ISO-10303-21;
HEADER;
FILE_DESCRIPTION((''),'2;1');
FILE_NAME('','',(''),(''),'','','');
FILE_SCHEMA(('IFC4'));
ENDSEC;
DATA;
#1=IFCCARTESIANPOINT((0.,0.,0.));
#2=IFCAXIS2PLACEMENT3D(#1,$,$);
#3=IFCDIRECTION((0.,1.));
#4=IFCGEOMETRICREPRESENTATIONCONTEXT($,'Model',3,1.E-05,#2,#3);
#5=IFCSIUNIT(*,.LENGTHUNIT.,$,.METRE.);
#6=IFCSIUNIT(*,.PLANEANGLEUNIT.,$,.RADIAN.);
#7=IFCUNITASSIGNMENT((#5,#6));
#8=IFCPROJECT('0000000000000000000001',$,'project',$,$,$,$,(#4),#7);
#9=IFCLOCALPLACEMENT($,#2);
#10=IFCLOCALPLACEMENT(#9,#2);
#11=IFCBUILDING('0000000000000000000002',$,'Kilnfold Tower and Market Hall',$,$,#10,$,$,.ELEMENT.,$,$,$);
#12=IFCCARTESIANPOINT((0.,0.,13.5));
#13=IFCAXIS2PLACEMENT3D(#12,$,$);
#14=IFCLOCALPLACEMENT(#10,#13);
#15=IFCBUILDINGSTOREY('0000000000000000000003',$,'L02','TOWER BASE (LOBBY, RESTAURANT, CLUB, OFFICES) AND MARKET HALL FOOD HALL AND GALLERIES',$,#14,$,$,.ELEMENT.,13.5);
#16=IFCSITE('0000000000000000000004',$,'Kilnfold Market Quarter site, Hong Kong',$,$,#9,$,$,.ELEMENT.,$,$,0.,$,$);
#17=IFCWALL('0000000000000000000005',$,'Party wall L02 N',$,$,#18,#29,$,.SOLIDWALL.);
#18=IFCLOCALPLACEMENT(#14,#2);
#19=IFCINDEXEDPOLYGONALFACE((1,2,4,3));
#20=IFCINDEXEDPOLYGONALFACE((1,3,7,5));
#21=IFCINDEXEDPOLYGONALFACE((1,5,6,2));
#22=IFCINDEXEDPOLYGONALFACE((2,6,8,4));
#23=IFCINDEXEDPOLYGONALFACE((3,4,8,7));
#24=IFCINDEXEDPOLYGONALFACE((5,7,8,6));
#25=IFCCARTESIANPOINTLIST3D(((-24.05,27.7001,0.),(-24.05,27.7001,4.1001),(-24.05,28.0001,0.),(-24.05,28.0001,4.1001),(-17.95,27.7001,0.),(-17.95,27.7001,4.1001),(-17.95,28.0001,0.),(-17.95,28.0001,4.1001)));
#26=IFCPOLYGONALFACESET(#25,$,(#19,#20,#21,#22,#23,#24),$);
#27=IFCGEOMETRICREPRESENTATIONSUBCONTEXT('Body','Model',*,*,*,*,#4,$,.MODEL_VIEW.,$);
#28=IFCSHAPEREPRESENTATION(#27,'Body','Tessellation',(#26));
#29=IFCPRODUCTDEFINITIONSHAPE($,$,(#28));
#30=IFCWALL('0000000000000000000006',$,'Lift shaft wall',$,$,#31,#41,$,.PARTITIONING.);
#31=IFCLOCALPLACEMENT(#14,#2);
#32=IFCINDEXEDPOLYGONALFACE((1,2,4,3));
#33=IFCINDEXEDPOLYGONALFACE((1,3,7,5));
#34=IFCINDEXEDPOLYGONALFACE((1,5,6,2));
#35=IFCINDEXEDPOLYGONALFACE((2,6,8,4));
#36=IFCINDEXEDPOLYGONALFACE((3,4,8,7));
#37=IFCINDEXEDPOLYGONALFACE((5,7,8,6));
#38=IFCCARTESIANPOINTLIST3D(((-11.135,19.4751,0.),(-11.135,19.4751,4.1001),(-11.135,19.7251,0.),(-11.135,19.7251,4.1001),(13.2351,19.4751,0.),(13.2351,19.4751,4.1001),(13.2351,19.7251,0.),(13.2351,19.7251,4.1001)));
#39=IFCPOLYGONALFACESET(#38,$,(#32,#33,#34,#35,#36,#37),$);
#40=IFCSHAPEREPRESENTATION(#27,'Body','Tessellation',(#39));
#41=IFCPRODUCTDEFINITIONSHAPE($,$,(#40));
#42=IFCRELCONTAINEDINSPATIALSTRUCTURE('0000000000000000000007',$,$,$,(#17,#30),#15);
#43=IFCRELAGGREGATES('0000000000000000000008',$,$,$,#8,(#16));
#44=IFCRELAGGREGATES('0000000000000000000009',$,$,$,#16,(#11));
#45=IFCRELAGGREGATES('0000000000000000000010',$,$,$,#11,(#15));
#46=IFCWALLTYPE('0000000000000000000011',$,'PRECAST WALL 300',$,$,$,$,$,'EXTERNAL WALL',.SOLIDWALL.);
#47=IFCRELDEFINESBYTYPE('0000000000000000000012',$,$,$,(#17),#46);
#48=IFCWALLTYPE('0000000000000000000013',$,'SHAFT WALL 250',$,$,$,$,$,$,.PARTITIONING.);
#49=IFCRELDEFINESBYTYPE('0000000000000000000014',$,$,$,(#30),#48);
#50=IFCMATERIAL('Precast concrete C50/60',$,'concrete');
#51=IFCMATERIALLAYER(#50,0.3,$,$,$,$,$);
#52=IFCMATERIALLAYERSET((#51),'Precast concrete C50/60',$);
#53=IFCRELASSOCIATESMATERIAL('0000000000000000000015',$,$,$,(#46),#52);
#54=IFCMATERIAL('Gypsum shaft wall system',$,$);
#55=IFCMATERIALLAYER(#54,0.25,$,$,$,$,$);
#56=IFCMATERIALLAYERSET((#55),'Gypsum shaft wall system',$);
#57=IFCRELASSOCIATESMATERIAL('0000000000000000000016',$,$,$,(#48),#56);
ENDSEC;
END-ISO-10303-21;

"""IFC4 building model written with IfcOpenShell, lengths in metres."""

from ifc_helpers import new_model, si_unit, direction, frame, frame_2d, origin, place, context, subcontext, project, spatial, rectangle, extrude, source, transform, mapped, material, layer, layer_set, type_object, element, save


model = new_model("IFC4")

# Units and contexts
model_context = context("Model", 3, precision=1e-05, world=origin(), true_north=direction((0.0, 1.0)))
body_context = subcontext(model_context, "Body", "Model", "MODEL_VIEW")
ifc_project = project(units=[si_unit("LENGTHUNIT", "METRE"), si_unit("PLANEANGLEUNIT", "RADIAN")], contexts=[model_context])

# Site, building, storey
site_placement = place(None, origin())
site = spatial("IfcSite", under=ifc_project, at=site_placement, Name="Kilnfold Market Quarter site, Hong Kong", CompositionType="ELEMENT", RefElevation=0.0)
building_placement = place(site_placement, origin())
building = spatial("IfcBuilding", under=site, at=building_placement, Name="Kilnfold Tower and Market Hall", CompositionType="ELEMENT")
storey_placement = place(building_placement, frame((0.0, 0.0, 13.5)))
storey = spatial("IfcBuildingStorey", under=building, at=storey_placement, Name="L02", Description="TOWER BASE (LOBBY, RESTAURANT, CLUB, OFFICES) AND MARKET HALL FOOD HALL AND GALLERIES", CompositionType="ELEMENT", Elevation=13.5)

# Walls
ifc_material_1 = material(Name="Precast concrete C50/60", Category="concrete")
ifc_layer_1 = layer(ifc_material_1, 0.3)
ifc_layer_set_1 = layer_set([ifc_layer_1], Name="Precast concrete C50/60")
wall_type_1 = type_object("IfcWallType", Name="PRECAST WALL 300", ElementType="EXTERNAL WALL", PredefinedType="SOLIDWALL", material=ifc_layer_set_1)
shared_shape_1 = source(origin(), body_context, "Body", "SweptSolid", [
    extrude(rectangle(XDim=6.1001, YDim=0.3, at=frame_2d((3.05, 0.0))), origin(), (0.0, 0.0, 1.0), 4.1001),
])
wall_1_placement = place(storey_placement, frame((-17.95, 27.8501, 0.0), z_axis=(0.0, 0.0, 1.0), x_axis=(-1.0, 0.0, 0.0)))
element("IfcWall", 1, at=wall_1_placement, inside=storey, type_object=wall_type_1, Name="Party wall L02 N", PredefinedType="SOLIDWALL", context=body_context, shape_type="MappedRepresentation", body=[
    mapped(shared_shape_1, transform((0.0, 0.0, 0.0))),
])
ifc_material_2 = material(Name="Gypsum shaft wall system")
ifc_layer_2 = layer(ifc_material_2, 0.25)
ifc_layer_set_2 = layer_set([ifc_layer_2], Name="Gypsum shaft wall system")
wall_type_2 = type_object("IfcWallType", Name="SHAFT WALL 250", PredefinedType="PARTITIONING", material=ifc_layer_set_2)
shared_shape_2 = source(origin(), body_context, "Body", "SweptSolid", [
    extrude(rectangle(XDim=24.3701, YDim=0.25, at=frame_2d((12.1851, 0.0))), origin(), (0.0, 0.0, 1.0), 4.1001),
])
wall_2_placement = place(storey_placement, frame((-11.135, 19.6001, 0.0), z_axis=(0.0, 0.0, 1.0), x_axis=(1.0, 0.0, 0.0)))
element("IfcWall", 2, at=wall_2_placement, inside=storey, type_object=wall_type_2, Name="Lift shaft wall", PredefinedType="PARTITIONING", context=body_context, shape_type="MappedRepresentation", body=[
    mapped(shared_shape_2, transform((0.0, 0.0, 0.0))),
])

save(model, "model.ifc")
